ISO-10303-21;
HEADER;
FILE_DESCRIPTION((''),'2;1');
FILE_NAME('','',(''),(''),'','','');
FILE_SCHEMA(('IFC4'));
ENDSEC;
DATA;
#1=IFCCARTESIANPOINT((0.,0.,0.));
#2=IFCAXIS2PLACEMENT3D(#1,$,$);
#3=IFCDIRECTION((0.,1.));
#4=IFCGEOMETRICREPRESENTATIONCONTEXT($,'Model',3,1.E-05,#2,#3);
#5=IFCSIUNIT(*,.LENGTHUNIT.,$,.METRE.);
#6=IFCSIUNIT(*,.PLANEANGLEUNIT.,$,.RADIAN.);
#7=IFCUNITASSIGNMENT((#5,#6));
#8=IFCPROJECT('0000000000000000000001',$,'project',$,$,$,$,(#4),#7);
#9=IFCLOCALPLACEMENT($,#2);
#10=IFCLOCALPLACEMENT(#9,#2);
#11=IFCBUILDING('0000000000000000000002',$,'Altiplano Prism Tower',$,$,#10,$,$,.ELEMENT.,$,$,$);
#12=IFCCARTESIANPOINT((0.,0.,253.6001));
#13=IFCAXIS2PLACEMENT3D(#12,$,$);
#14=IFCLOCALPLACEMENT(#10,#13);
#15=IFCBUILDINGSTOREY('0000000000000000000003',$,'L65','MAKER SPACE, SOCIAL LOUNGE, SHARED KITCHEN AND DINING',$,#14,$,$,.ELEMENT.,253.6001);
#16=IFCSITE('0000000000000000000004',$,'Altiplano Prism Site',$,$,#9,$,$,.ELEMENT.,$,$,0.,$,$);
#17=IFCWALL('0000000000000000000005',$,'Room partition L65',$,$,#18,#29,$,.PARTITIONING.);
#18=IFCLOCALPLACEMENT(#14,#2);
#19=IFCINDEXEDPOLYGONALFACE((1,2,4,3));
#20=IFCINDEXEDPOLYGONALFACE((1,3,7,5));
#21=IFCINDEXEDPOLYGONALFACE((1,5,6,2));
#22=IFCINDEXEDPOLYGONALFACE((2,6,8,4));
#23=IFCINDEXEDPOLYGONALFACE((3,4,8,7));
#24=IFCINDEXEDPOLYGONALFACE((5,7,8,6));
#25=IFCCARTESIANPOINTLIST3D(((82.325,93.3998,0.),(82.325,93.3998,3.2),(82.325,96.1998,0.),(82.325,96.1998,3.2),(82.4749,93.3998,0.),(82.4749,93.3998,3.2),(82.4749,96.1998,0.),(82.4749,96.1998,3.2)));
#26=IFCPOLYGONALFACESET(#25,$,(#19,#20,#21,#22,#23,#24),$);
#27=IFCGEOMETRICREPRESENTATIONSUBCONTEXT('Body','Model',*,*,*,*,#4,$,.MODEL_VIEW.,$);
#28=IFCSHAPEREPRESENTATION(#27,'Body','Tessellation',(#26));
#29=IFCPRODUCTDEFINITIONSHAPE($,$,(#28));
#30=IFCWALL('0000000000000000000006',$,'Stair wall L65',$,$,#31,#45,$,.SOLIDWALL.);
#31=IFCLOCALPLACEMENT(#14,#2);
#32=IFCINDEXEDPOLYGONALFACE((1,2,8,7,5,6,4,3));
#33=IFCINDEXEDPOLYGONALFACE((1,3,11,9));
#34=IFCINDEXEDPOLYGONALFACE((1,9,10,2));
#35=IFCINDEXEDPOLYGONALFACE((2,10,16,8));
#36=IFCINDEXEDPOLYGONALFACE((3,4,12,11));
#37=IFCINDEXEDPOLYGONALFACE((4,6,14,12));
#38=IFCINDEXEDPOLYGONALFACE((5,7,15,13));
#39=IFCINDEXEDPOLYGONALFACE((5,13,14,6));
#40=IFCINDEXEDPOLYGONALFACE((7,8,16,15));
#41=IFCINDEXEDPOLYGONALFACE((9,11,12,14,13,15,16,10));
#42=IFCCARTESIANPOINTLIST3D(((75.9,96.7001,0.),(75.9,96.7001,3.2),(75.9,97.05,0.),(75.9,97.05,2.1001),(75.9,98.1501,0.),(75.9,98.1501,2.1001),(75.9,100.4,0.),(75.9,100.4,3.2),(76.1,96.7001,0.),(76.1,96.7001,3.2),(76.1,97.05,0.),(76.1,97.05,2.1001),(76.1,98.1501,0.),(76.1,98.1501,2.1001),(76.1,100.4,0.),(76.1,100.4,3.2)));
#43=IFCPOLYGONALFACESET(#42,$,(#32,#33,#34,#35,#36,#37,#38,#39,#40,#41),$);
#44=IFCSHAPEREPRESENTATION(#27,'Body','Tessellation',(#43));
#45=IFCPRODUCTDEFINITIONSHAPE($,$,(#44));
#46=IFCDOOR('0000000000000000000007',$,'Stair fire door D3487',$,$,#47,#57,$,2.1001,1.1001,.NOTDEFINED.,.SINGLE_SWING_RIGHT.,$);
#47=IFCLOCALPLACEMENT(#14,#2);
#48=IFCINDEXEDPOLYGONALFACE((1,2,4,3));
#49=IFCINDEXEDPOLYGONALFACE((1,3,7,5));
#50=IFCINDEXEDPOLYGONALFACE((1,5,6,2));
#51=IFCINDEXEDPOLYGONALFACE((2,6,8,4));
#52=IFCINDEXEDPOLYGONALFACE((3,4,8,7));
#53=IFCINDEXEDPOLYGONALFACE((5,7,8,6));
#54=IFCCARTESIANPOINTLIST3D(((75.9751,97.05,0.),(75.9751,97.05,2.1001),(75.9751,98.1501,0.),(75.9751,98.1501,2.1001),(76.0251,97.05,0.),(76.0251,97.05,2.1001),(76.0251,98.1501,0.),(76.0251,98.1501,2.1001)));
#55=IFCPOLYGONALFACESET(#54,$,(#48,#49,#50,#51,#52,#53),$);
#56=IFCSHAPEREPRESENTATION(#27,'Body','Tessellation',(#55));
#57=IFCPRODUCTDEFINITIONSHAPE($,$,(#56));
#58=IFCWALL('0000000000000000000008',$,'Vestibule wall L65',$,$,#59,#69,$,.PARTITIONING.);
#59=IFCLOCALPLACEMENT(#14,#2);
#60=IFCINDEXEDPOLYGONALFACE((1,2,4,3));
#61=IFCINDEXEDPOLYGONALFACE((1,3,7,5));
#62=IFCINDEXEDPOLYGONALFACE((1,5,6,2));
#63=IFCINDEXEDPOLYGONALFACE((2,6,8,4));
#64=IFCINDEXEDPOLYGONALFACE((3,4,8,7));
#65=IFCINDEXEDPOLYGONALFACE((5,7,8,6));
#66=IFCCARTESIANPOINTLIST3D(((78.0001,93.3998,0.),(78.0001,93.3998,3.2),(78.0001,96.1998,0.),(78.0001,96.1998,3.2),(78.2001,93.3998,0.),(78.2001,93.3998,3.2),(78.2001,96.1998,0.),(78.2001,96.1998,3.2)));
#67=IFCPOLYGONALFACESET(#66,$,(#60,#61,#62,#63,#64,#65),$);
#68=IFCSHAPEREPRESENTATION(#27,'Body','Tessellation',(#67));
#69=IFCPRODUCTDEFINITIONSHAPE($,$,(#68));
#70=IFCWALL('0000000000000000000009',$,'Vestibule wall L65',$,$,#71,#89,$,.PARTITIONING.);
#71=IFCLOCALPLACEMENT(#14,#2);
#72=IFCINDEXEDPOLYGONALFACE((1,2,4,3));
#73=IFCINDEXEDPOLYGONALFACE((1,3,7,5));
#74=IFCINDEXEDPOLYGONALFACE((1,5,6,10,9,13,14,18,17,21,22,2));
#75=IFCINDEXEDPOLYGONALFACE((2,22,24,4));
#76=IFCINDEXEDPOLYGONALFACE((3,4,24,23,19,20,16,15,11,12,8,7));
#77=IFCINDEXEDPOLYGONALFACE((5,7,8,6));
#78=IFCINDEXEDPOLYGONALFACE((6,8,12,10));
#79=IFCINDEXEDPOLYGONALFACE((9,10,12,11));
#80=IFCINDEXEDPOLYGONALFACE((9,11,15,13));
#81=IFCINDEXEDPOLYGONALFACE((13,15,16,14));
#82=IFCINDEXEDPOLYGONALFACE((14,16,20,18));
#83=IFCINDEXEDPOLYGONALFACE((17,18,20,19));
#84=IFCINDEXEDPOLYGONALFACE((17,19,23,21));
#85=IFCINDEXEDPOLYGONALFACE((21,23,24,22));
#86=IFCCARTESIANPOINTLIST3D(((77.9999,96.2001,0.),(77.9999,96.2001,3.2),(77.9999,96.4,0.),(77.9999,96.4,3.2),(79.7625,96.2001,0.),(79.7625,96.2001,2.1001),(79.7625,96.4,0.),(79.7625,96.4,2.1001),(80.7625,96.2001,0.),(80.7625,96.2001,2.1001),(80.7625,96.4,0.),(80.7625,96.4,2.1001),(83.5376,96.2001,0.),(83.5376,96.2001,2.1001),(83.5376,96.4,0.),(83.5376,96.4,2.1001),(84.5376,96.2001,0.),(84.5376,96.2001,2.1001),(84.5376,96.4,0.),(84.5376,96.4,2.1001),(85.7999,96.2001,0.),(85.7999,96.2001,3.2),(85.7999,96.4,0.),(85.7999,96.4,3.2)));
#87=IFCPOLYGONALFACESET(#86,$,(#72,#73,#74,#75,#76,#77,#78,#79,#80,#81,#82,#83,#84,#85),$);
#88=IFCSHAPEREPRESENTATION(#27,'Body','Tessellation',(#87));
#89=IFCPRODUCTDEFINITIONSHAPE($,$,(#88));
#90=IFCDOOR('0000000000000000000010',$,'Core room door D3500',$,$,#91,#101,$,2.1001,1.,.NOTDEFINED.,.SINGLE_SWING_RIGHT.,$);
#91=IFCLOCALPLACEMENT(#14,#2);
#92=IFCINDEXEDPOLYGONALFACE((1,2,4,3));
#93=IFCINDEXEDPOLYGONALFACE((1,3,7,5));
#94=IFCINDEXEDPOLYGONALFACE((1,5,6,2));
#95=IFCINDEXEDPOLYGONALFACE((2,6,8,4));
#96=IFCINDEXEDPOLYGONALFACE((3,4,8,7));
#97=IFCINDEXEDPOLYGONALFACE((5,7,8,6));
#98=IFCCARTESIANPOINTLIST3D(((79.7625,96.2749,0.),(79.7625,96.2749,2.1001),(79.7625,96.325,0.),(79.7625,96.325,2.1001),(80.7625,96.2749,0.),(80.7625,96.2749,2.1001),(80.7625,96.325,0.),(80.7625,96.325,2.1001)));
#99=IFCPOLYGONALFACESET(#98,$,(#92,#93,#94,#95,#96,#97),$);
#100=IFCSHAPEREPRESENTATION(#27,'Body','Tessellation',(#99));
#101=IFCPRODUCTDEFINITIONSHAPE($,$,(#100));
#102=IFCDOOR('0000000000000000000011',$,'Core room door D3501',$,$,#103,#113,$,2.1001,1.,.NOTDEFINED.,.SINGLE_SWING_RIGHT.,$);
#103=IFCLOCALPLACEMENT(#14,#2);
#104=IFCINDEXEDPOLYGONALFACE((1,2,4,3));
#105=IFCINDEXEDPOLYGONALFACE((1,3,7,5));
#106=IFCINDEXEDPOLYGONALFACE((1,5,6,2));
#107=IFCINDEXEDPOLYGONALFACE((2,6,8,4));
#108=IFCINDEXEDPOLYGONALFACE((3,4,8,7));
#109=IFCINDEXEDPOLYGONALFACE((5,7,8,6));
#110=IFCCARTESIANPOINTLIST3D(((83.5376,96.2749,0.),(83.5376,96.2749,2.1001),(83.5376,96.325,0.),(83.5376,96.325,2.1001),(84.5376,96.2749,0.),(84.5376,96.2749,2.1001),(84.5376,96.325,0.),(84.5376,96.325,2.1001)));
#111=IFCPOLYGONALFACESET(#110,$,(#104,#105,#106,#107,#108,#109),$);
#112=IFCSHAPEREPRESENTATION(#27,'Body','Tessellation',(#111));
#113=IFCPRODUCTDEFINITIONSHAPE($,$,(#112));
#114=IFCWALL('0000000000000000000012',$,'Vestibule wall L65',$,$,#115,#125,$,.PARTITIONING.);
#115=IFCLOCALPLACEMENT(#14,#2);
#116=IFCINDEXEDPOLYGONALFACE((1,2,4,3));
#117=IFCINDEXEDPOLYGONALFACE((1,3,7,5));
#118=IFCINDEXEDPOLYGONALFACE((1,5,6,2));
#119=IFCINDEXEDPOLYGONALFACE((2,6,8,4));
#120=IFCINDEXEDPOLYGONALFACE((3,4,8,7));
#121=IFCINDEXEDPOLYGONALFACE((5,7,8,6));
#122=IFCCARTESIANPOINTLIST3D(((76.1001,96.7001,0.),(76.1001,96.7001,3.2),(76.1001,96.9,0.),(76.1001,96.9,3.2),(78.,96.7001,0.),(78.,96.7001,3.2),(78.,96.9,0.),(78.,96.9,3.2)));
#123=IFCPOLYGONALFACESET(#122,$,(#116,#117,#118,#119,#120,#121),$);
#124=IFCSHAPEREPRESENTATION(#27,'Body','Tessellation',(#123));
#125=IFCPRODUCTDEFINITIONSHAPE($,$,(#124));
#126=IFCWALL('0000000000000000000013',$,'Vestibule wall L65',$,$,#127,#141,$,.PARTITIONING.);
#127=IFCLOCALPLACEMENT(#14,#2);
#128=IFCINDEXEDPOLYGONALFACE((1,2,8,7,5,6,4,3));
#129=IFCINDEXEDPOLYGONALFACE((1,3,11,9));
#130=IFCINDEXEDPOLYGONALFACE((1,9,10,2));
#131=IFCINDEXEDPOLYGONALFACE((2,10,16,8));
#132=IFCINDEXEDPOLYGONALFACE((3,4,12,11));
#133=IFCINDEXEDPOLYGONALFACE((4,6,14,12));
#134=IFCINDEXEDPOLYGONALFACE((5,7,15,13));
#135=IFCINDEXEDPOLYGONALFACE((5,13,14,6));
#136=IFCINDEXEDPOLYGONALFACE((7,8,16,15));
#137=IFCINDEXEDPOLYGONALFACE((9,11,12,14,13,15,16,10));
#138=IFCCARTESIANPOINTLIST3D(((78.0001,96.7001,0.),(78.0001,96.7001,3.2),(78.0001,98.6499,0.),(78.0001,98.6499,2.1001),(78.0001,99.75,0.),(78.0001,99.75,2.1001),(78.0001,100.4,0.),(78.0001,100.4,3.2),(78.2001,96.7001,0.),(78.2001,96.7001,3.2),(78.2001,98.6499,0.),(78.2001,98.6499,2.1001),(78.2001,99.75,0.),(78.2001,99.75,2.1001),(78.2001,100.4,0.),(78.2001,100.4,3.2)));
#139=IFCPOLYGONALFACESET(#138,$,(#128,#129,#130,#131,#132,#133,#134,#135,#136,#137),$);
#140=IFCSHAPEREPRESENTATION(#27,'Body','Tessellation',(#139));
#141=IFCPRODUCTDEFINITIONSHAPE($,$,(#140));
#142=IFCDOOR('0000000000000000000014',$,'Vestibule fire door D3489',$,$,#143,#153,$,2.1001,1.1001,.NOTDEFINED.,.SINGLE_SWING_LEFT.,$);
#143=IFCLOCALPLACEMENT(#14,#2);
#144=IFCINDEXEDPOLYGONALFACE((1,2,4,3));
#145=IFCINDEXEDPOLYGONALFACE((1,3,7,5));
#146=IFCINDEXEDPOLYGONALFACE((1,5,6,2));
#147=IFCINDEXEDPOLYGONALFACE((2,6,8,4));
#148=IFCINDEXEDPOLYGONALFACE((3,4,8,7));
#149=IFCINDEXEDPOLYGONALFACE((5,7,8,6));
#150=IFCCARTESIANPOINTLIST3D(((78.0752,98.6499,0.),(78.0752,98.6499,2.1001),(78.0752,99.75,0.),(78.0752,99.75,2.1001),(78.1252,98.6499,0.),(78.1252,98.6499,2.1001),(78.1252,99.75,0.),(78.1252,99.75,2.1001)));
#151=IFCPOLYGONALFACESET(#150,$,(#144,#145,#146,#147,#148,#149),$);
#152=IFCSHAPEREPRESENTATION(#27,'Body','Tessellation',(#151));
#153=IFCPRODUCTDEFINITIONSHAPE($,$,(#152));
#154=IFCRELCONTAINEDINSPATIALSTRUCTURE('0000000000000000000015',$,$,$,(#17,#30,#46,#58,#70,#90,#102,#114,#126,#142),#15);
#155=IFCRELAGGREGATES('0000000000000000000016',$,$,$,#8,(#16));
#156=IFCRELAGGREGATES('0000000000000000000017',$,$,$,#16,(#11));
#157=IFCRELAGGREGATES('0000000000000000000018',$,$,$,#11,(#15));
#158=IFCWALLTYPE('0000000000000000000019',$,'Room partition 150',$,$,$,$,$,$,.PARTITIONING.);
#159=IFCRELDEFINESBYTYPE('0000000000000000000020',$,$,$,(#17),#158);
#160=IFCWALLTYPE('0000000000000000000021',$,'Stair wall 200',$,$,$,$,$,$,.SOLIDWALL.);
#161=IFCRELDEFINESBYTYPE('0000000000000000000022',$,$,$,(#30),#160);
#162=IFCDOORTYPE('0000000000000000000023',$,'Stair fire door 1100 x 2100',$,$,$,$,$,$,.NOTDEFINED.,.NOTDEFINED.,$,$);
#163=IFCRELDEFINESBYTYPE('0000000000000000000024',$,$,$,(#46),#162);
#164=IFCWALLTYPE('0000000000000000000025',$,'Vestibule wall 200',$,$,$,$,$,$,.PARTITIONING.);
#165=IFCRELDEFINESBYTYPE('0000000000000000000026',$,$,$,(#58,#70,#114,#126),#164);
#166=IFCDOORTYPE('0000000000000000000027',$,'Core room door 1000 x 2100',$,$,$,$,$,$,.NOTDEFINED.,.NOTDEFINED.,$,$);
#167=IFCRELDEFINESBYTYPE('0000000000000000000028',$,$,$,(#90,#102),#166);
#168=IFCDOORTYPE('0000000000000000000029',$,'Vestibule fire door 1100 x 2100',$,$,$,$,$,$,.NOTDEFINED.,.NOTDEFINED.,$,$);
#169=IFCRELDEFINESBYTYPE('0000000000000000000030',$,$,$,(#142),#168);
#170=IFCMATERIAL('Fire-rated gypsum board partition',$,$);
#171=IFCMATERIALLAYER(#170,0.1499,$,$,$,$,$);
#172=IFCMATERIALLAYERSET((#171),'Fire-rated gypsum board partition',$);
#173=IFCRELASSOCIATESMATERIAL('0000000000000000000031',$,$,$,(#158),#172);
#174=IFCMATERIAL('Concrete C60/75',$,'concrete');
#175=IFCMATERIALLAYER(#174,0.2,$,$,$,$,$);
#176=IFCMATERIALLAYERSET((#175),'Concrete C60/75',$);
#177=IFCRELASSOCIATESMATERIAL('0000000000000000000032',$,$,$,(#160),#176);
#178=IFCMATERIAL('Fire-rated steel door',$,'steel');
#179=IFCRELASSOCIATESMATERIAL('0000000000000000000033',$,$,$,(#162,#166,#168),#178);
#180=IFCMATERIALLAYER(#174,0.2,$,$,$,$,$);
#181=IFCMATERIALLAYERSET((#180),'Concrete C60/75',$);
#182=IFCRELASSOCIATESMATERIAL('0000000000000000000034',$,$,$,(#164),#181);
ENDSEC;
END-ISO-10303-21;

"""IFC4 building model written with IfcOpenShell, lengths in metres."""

from ifc_helpers import new_model, si_unit, direction, frame, frame_2d, origin, place, context, subcontext, project, spatial, rectangle, extrude, material, layer, layer_set, type_object, element, fill, save


model = new_model("IFC4")

# Units and contexts
model_context = context("Model", 3, precision=1e-05, world=origin(), true_north=direction((0.0, 1.0)))
body_context = subcontext(model_context, "Body", "Model", "MODEL_VIEW")
ifc_project = project(units=[si_unit("LENGTHUNIT", "METRE"), si_unit("PLANEANGLEUNIT", "RADIAN")], contexts=[model_context])

# Site, building, storey
site_placement = place(None, origin())
site = spatial("IfcSite", under=ifc_project, at=site_placement, Name="Altiplano Prism Site", CompositionType="ELEMENT", RefElevation=0.0)
building_placement = place(site_placement, origin())
building = spatial("IfcBuilding", under=site, at=building_placement, Name="Altiplano Prism Tower", CompositionType="ELEMENT")
storey_placement = place(building_placement, frame((0.0, 0.0, 253.6001)))
storey = spatial("IfcBuildingStorey", under=building, at=storey_placement, Name="L65", Description="MAKER SPACE, SOCIAL LOUNGE, SHARED KITCHEN AND DINING", CompositionType="ELEMENT", Elevation=253.6001)

# Wall
ifc_material_1 = material(Name="Fire-rated gypsum board partition")
ifc_layer_1 = layer(ifc_material_1, 0.1499)
ifc_layer_set_1 = layer_set([ifc_layer_1], Name="Fire-rated gypsum board partition")
wall_type_1 = type_object("IfcWallType", Name="Room partition 150", PredefinedType="PARTITIONING", material=ifc_layer_set_1)
wall_1_placement = place(storey_placement, frame((82.3999, 93.3999, 0.0), z_axis=(0.0, 0.0, 1.0), x_axis=(0.0, 1.0, 0.0)))
element("IfcWall", 1, at=wall_1_placement, inside=storey, type_object=wall_type_1, Name="Room partition L65", PredefinedType="PARTITIONING", context=body_context, shape_type="SweptSolid", body=[
    extrude(rectangle(XDim=2.8, YDim=0.1499, at=frame_2d((1.3999, 0.0))), origin(), (0.0, 0.0, 1.0), 3.2),
])

# Wall, opening, door
ifc_material_2 = material(Name="Concrete C60/75", Category="concrete")
ifc_layer_2 = layer(ifc_material_2, 0.2)
ifc_layer_set_2 = layer_set([ifc_layer_2], Name="Concrete C60/75")
wall_type_2 = type_object("IfcWallType", Name="Stair wall 200", PredefinedType="SOLIDWALL", material=ifc_layer_set_2)
wall_2_placement = place(storey_placement, frame((76.0, 96.7, 0.0), z_axis=(0.0, 0.0, 1.0), x_axis=(0.0, 1.0, 0.0)))
wall_2 = element("IfcWall", 2, at=wall_2_placement, inside=storey, type_object=wall_type_2, Name="Stair wall L65", PredefinedType="SOLIDWALL", context=body_context, shape_type="SweptSolid", body=[
    extrude(rectangle(XDim=3.7, YDim=0.2, at=frame_2d((1.8501, 0.0))), origin(), (0.0, 0.0, 1.0), 3.2),
])
opening_1_placement = place(wall_2_placement, frame((0.3501, 0.0, 0.0)))
opening_1 = element("IfcOpeningElement", 3, at=opening_1_placement, cuts=wall_2, PredefinedType="OPENING", context=body_context, shape_type="SweptSolid", body=[
    extrude(rectangle(XDim=1.1001, YDim=2.1001, at=frame_2d((0.55, 1.05))), frame((0.0, 0.1104, 0.0), z_axis=(0.0, -1.0, 0.0), x_axis=(1.0, 0.0, 0.0)), (0.0, 0.0, 1.0), 0.2209),
])
ifc_material_3 = material(Name="Fire-rated steel door", Category="steel")
door_type_1 = type_object("IfcDoorType", Name="Stair fire door 1100 x 2100", OperationType="NOTDEFINED", PredefinedType="NOTDEFINED", material=ifc_material_3)
door_1_placement = place(opening_1_placement, origin())
door_1 = element("IfcDoor", 4, at=door_1_placement, inside=storey, type_object=door_type_1, Name="Stair fire door D3487", OperationType="SINGLE_SWING_RIGHT", OverallHeight=2.1001, OverallWidth=1.1001, PredefinedType="NOTDEFINED", context=body_context, shape_type="SweptSolid", body=[
    extrude(rectangle(XDim=1.1001, YDim=2.1001, at=frame_2d((0.55, 1.05))), frame((0.0, 0.0249, 0.0), z_axis=(0.0, -1.0, 0.0), x_axis=(1.0, 0.0, 0.0)), (0.0, 0.0, 1.0), 0.05),
])
fill(opening_1, door_1)

# Wall
ifc_layer_3 = layer(ifc_material_2, 0.2)
ifc_layer_set_3 = layer_set([ifc_layer_3], Name="Concrete C60/75")
wall_type_3 = type_object("IfcWallType", Name="Vestibule wall 200", PredefinedType="PARTITIONING", material=ifc_layer_set_3)
wall_3_placement = place(storey_placement, frame((78.1001, 93.3999, 0.0), z_axis=(0.0, 0.0, 1.0), x_axis=(0.0, 1.0, 0.0)))
element("IfcWall", 5, at=wall_3_placement, inside=storey, type_object=wall_type_3, Name="Vestibule wall L65", PredefinedType="PARTITIONING", context=body_context, shape_type="SweptSolid", body=[
    extrude(rectangle(XDim=2.8, YDim=0.2, at=frame_2d((1.3999, 0.0))), origin(), (0.0, 0.0, 1.0), 3.2),
])

# Wall, openings, doors
wall_4_placement = place(storey_placement, frame((78.0, 96.3, 0.0), z_axis=(0.0, 0.0, 1.0), x_axis=(1.0, 0.0, 0.0)))
wall_4 = element("IfcWall", 6, at=wall_4_placement, inside=storey, type_object=wall_type_3, Name="Vestibule wall L65", PredefinedType="PARTITIONING", context=body_context, shape_type="SweptSolid", body=[
    extrude(rectangle(XDim=7.8, YDim=0.2, at=frame_2d((3.8999, 0.0))), origin(), (0.0, 0.0, 1.0), 3.2),
])
opening_2_placement = place(wall_4_placement, frame((1.7625, 0.0, 0.0)))
opening_2 = element("IfcOpeningElement", 7, at=opening_2_placement, cuts=wall_4, PredefinedType="OPENING", context=body_context, shape_type="SweptSolid", body=[
    extrude(rectangle(XDim=1.0, YDim=2.1001, at=frame_2d((0.5, 1.05))), frame((0.0, 0.1104, 0.0), z_axis=(0.0, -1.0, 0.0), x_axis=(1.0, 0.0, 0.0)), (0.0, 0.0, 1.0), 0.2209),
])
opening_3_placement = place(wall_4_placement, frame((5.5376, 0.0, 0.0)))
opening_3 = element("IfcOpeningElement", 8, at=opening_3_placement, cuts=wall_4, PredefinedType="OPENING", context=body_context, shape_type="SweptSolid", body=[
    extrude(rectangle(XDim=1.0, YDim=2.1001, at=frame_2d((0.5, 1.05))), frame((0.0, 0.1104, 0.0), z_axis=(0.0, -1.0, 0.0), x_axis=(1.0, 0.0, 0.0)), (0.0, 0.0, 1.0), 0.2209),
])
door_type_2 = type_object("IfcDoorType", Name="Core room door 1000 x 2100", OperationType="NOTDEFINED", PredefinedType="NOTDEFINED", material=ifc_material_3)
door_2_placement = place(opening_2_placement, origin())
door_2 = element("IfcDoor", 9, at=door_2_placement, inside=storey, type_object=door_type_2, Name="Core room door D3500", OperationType="SINGLE_SWING_RIGHT", OverallHeight=2.1001, OverallWidth=1.0, PredefinedType="NOTDEFINED", context=body_context, shape_type="SweptSolid", body=[
    extrude(rectangle(XDim=1.0, YDim=2.1001, at=frame_2d((0.5, 1.05))), frame((0.0, 0.0249, 0.0), z_axis=(0.0, -1.0, 0.0), x_axis=(1.0, 0.0, 0.0)), (0.0, 0.0, 1.0), 0.05),
])
fill(opening_2, door_2)
door_3_placement = place(opening_3_placement, origin())
door_3 = element("IfcDoor", 10, at=door_3_placement, inside=storey, type_object=door_type_2, Name="Core room door D3501", OperationType="SINGLE_SWING_RIGHT", OverallHeight=2.1001, OverallWidth=1.0, PredefinedType="NOTDEFINED", context=body_context, shape_type="SweptSolid", body=[
    extrude(rectangle(XDim=1.0, YDim=2.1001, at=frame_2d((0.5, 1.05))), frame((0.0, 0.0249, 0.0), z_axis=(0.0, -1.0, 0.0), x_axis=(1.0, 0.0, 0.0)), (0.0, 0.0, 1.0), 0.05),
])
fill(opening_3, door_3)

# Wall
wall_5_placement = place(storey_placement, frame((76.1001, 96.8, 0.0), z_axis=(0.0, 0.0, 1.0), x_axis=(1.0, 0.0, 0.0)))
element("IfcWall", 11, at=wall_5_placement, inside=storey, type_object=wall_type_3, Name="Vestibule wall L65", PredefinedType="PARTITIONING", context=body_context, shape_type="SweptSolid", body=[
    extrude(rectangle(XDim=1.8999, YDim=0.2, at=frame_2d((0.95, 0.0))), origin(), (0.0, 0.0, 1.0), 3.2),
])

# Wall, opening, door
wall_6_placement = place(storey_placement, frame((78.1001, 96.7, 0.0), z_axis=(0.0, 0.0, 1.0), x_axis=(0.0, 1.0, 0.0)))
wall_6 = element("IfcWall", 12, at=wall_6_placement, inside=storey, type_object=wall_type_3, Name="Vestibule wall L65", PredefinedType="PARTITIONING", context=body_context, shape_type="SweptSolid", body=[
    extrude(rectangle(XDim=3.7, YDim=0.2, at=frame_2d((1.8501, 0.0))), origin(), (0.0, 0.0, 1.0), 3.2),
])
opening_4_placement = place(wall_6_placement, frame((1.95, 0.0, 0.0)))
opening_4 = element("IfcOpeningElement", 13, at=opening_4_placement, cuts=wall_6, PredefinedType="OPENING", context=body_context, shape_type="SweptSolid", body=[
    extrude(rectangle(XDim=1.1001, YDim=2.1001, at=frame_2d((0.55, 1.05))), frame((0.0, 0.1104, 0.0), z_axis=(0.0, -1.0, 0.0), x_axis=(1.0, 0.0, 0.0)), (0.0, 0.0, 1.0), 0.2209),
])
door_type_3 = type_object("IfcDoorType", Name="Vestibule fire door 1100 x 2100", OperationType="NOTDEFINED", PredefinedType="NOTDEFINED", material=ifc_material_3)
door_4_placement = place(opening_4_placement, origin())
door_4 = element("IfcDoor", 14, at=door_4_placement, inside=storey, type_object=door_type_3, Name="Vestibule fire door D3489", OperationType="SINGLE_SWING_LEFT", OverallHeight=2.1001, OverallWidth=1.1001, PredefinedType="NOTDEFINED", context=body_context, shape_type="SweptSolid", body=[
    extrude(rectangle(XDim=1.1001, YDim=2.1001, at=frame_2d((0.55, 1.05))), frame((0.0, 0.0249, 0.0), z_axis=(0.0, -1.0, 0.0), x_axis=(1.0, 0.0, 0.0)), (0.0, 0.0, 1.0), 0.05),
])
fill(opening_4, door_4)

save(model, "model.ifc")
